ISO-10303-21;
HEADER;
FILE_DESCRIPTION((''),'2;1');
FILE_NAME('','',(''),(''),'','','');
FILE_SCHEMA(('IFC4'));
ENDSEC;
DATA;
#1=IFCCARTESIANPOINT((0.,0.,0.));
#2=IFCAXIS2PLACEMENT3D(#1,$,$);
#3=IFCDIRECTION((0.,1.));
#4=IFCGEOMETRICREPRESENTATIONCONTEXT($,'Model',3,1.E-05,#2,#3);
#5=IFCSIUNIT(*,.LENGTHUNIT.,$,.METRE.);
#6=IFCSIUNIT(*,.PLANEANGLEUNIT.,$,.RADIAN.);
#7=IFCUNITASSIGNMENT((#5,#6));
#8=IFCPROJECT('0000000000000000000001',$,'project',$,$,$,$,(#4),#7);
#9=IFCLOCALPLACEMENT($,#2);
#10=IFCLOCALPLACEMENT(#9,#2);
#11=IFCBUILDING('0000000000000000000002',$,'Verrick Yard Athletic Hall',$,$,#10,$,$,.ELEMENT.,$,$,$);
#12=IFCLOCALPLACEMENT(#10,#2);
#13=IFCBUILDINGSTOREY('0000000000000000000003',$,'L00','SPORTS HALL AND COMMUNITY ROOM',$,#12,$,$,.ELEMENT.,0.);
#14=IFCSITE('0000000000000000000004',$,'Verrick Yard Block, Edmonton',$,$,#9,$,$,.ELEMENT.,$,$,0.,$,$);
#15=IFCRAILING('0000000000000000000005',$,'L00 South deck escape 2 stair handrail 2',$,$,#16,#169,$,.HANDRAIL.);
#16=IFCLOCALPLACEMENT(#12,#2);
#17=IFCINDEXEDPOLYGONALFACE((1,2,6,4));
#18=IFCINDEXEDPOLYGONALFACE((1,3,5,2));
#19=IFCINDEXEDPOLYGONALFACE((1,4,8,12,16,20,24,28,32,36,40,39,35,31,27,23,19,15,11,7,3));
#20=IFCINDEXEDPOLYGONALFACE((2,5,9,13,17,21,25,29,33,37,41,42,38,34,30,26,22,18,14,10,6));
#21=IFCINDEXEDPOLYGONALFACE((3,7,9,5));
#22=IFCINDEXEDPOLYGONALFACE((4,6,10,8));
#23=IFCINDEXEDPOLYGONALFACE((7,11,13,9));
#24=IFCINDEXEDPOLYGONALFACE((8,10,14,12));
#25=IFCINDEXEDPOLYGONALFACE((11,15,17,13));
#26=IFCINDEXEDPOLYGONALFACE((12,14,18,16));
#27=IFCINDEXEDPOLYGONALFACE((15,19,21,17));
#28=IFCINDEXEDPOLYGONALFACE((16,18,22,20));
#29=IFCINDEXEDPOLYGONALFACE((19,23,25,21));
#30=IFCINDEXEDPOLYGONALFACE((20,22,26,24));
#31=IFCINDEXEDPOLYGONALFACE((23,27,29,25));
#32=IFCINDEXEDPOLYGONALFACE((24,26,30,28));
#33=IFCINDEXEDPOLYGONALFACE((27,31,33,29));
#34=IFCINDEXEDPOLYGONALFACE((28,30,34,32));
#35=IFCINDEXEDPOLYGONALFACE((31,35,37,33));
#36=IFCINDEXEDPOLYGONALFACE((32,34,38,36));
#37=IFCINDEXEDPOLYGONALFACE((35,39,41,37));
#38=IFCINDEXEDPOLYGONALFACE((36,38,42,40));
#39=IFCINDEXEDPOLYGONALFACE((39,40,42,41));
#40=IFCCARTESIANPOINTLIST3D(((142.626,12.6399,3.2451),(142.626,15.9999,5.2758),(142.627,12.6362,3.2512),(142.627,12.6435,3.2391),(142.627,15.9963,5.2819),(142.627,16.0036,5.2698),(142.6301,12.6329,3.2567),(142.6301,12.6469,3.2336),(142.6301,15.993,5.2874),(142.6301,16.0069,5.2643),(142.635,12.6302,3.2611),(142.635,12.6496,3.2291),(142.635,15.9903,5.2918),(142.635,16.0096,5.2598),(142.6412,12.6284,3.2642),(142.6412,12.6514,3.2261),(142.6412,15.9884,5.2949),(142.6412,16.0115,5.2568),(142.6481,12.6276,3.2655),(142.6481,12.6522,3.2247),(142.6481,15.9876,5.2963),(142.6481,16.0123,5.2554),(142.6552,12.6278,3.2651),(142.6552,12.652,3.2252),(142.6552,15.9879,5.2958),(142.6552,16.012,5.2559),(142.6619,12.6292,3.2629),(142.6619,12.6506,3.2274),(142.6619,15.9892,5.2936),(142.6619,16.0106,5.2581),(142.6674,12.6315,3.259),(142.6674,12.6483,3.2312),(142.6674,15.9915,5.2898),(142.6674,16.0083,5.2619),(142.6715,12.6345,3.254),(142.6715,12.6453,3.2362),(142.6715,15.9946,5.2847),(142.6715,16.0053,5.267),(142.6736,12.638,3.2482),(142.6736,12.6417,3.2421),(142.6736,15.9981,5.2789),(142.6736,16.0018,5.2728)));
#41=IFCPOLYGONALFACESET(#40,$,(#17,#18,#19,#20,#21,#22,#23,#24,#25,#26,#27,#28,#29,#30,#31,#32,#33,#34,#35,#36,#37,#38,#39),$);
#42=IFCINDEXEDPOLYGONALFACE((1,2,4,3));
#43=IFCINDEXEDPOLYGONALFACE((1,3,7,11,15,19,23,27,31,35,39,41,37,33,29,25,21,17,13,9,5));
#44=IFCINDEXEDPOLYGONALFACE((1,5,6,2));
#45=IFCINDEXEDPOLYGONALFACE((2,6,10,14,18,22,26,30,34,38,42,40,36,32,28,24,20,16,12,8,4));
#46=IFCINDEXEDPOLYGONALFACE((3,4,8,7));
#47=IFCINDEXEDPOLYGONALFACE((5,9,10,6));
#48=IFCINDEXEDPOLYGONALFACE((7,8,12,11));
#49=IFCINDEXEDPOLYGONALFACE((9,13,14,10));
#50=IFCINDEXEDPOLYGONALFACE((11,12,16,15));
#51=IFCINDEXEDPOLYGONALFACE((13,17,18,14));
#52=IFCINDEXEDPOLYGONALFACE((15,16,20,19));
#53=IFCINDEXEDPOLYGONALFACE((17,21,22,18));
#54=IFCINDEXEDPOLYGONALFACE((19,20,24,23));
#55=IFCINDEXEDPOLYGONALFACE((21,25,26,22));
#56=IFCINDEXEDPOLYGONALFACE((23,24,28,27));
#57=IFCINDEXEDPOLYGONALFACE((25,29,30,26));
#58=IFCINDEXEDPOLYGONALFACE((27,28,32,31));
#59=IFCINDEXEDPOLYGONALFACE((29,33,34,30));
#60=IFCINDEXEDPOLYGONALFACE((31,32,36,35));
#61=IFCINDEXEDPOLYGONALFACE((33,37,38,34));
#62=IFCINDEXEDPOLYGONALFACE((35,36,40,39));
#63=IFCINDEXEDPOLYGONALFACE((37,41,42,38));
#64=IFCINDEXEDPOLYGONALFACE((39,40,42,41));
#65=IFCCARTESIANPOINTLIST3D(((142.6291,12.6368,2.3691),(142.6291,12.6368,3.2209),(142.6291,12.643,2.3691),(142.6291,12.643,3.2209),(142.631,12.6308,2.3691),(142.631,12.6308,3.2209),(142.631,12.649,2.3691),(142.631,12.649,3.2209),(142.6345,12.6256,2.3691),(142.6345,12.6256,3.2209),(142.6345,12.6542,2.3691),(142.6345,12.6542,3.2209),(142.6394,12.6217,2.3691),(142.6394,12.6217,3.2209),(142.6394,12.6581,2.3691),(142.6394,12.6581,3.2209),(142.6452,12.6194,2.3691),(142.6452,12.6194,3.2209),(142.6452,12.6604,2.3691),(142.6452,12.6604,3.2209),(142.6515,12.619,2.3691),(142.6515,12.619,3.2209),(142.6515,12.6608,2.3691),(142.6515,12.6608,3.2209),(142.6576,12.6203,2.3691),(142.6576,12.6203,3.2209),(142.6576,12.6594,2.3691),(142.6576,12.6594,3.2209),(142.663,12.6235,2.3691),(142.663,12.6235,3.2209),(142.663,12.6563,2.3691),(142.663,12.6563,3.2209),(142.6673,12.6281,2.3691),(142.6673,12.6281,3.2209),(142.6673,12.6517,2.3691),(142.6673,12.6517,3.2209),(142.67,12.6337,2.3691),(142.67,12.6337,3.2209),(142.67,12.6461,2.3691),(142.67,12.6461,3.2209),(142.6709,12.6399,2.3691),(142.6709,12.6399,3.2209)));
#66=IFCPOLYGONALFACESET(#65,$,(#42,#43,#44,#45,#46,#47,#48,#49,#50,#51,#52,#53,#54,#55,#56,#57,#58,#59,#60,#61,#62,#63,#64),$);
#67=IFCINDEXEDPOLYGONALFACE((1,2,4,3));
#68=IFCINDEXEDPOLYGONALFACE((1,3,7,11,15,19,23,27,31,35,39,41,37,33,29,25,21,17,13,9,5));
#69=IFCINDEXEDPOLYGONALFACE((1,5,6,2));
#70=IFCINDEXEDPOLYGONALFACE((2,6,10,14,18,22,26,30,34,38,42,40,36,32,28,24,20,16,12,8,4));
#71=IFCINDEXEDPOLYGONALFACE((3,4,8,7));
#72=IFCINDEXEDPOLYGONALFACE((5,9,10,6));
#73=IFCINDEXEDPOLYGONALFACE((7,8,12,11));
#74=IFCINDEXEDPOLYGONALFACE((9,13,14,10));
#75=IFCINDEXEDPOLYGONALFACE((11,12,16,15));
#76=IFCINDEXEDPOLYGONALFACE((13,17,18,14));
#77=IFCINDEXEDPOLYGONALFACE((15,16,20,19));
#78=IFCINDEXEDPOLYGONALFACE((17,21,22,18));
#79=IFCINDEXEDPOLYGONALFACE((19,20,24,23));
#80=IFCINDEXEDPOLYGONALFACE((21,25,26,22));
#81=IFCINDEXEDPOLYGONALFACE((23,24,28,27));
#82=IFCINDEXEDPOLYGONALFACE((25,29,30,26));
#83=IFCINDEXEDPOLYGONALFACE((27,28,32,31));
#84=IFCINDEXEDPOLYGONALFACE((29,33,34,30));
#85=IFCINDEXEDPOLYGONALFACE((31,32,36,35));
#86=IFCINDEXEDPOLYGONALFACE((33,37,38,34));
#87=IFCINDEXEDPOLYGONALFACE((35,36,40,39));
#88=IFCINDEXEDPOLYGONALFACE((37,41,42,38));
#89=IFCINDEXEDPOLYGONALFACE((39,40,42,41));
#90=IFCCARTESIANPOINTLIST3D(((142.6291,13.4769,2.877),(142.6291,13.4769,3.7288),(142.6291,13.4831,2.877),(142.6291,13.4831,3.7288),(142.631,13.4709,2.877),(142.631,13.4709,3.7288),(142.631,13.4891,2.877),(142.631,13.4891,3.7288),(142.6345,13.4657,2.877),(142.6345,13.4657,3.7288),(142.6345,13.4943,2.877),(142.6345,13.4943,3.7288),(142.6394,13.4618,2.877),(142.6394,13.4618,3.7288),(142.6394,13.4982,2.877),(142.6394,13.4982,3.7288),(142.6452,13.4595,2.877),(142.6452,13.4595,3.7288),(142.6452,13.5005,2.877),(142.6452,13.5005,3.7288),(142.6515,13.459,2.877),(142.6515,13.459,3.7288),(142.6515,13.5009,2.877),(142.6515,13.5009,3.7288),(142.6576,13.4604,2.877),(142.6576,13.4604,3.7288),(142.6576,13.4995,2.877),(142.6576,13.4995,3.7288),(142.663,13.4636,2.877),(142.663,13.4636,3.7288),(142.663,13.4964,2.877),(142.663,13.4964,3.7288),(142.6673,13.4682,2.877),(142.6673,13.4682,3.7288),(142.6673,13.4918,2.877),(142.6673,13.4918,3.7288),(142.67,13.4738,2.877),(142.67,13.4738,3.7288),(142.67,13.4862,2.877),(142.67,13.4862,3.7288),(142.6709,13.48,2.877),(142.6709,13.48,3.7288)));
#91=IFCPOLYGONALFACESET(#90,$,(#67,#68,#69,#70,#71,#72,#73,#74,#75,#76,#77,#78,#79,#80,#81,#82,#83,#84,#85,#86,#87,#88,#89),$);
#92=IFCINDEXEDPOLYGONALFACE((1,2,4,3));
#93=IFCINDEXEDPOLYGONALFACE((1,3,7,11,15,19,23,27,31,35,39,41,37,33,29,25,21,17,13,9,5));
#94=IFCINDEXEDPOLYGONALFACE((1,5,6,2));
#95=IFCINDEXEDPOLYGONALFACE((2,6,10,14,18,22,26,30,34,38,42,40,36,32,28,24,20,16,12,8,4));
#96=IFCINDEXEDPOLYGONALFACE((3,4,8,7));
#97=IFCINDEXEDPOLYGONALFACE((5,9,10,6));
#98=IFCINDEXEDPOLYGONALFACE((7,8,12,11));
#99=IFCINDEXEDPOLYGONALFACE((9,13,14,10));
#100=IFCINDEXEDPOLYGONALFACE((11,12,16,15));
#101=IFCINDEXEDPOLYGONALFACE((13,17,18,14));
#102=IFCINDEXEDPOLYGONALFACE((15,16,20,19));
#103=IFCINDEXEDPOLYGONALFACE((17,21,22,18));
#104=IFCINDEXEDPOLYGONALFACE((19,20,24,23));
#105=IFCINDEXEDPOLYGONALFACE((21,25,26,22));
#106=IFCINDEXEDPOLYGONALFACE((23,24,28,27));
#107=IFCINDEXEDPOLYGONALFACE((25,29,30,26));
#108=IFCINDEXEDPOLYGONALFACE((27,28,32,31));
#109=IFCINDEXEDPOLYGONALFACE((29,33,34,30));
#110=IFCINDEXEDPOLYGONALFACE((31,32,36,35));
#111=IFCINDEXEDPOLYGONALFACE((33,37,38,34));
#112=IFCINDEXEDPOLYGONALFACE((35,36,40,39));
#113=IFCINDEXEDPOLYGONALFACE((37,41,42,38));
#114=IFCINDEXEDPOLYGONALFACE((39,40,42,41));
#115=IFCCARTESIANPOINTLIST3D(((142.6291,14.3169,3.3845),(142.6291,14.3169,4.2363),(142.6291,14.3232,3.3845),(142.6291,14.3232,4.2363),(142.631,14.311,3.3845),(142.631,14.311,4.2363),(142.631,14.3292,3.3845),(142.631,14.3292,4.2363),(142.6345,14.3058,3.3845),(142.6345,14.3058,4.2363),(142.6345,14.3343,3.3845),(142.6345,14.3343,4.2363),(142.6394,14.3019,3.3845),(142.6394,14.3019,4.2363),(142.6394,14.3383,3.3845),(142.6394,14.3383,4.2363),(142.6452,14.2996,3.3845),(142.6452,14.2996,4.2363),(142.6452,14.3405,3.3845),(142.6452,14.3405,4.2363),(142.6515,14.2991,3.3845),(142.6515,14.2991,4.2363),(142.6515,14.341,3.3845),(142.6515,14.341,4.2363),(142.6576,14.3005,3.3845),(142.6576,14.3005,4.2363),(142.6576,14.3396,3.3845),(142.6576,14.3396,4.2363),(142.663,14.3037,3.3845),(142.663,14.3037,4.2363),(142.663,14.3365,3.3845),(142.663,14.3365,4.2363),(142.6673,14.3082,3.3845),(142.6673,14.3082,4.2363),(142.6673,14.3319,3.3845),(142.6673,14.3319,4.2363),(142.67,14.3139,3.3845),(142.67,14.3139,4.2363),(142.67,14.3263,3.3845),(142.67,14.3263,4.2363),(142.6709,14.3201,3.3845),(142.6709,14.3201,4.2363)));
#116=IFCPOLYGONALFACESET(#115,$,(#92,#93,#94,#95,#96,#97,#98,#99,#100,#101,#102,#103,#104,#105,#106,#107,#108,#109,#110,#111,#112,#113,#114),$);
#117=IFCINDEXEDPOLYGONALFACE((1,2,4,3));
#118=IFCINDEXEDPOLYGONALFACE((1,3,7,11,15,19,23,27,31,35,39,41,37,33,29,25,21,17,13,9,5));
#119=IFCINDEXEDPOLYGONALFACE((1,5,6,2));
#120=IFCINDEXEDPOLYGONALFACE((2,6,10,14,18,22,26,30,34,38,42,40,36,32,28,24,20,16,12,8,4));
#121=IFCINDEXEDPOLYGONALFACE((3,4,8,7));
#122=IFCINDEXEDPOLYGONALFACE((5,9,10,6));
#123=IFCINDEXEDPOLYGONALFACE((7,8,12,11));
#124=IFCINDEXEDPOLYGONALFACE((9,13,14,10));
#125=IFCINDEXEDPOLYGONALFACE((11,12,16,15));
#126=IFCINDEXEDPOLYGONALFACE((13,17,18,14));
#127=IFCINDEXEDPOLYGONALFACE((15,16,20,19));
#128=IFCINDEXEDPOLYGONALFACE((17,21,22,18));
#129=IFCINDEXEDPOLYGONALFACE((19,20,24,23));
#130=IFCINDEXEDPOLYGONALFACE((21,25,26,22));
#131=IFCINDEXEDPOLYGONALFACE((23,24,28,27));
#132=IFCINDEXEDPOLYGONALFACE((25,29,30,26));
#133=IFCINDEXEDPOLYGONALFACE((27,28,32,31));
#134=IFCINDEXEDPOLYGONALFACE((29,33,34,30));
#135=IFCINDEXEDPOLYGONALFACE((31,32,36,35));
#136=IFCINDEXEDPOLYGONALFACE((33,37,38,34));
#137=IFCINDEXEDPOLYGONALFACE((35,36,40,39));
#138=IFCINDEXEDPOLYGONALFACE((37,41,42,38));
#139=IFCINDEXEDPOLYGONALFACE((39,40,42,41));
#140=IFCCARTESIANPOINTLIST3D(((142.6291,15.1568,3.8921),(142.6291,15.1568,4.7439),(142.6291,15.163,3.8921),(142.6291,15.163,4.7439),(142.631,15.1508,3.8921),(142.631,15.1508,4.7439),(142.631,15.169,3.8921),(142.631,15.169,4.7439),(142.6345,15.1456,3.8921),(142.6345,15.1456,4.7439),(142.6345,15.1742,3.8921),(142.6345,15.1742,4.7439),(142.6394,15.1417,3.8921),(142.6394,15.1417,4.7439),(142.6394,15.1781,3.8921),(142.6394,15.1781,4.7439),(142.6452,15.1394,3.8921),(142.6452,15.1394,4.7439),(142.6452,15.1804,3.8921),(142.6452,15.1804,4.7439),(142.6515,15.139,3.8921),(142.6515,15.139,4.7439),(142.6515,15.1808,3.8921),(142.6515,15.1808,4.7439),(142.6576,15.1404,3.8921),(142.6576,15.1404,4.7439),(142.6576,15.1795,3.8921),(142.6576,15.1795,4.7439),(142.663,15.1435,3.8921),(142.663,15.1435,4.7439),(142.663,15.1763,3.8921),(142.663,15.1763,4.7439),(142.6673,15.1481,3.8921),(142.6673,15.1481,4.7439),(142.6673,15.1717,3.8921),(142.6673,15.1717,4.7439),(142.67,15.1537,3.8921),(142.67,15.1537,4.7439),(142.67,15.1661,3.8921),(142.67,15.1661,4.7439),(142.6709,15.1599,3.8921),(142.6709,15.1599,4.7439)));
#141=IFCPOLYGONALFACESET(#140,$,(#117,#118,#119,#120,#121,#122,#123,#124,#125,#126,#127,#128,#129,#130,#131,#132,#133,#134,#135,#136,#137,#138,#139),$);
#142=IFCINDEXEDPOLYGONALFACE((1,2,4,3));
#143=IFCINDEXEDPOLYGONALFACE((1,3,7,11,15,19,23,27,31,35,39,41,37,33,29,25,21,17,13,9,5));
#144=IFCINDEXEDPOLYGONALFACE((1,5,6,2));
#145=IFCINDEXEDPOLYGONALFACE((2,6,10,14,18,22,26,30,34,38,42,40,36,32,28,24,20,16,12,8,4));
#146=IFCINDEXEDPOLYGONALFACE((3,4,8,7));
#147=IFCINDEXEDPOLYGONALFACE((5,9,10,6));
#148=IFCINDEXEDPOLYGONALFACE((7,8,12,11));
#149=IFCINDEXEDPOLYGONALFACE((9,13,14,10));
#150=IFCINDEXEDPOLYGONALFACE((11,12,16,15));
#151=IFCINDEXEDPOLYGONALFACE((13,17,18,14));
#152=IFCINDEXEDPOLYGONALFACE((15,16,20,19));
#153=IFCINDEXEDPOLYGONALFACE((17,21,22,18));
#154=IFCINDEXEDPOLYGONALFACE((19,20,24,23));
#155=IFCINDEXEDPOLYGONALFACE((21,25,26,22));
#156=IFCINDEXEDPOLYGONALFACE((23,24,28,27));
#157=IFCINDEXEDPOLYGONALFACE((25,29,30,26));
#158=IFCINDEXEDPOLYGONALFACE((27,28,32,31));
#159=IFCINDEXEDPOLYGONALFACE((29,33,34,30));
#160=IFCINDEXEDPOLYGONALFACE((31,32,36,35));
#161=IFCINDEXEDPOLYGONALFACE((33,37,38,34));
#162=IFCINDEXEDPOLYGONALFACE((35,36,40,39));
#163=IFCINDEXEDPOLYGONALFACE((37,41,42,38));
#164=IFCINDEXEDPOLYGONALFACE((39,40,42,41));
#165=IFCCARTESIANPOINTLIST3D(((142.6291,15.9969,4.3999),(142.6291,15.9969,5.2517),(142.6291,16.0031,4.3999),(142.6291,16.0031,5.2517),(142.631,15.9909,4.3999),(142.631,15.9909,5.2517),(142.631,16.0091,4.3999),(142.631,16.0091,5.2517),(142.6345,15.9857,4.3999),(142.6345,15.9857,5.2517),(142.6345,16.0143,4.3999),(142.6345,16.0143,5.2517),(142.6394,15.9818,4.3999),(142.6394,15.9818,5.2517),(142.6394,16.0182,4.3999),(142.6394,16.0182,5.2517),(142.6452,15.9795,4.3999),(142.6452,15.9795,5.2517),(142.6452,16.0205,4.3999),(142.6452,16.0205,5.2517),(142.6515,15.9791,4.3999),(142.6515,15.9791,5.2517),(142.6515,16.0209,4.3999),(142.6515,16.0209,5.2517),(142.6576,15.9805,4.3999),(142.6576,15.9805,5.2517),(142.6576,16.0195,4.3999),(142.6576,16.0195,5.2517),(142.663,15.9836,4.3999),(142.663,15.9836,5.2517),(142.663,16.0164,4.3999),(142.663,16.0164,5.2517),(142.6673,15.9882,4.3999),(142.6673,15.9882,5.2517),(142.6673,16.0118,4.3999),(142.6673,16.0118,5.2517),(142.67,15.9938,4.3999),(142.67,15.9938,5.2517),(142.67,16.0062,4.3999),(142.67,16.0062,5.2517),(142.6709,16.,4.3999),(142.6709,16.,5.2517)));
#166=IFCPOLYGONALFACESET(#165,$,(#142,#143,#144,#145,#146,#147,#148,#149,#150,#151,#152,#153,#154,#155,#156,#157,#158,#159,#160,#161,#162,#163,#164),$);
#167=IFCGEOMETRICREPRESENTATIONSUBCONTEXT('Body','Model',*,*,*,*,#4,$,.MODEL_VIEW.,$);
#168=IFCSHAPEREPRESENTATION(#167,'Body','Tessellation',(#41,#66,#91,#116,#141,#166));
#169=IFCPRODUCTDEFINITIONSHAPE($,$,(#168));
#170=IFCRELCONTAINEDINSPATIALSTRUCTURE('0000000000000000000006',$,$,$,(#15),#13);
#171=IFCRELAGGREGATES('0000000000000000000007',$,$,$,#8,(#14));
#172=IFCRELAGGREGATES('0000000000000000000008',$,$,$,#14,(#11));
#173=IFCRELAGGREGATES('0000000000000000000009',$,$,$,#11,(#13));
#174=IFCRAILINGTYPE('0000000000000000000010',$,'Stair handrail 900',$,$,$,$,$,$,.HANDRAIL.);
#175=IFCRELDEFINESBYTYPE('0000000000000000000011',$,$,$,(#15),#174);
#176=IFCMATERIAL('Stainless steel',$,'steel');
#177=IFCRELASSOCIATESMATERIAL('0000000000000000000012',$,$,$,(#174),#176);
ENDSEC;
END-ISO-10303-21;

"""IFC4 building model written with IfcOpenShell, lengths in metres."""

from ifc_helpers import new_model, si_unit, direction, frame, origin, origin_2d, place, context, subcontext, project, spatial, circle, extrude, material, type_object, element, save


model = new_model("IFC4")

# Units and contexts
model_context = context("Model", 3, precision=1e-05, world=origin(), true_north=direction((0.0, 1.0)))
body_context = subcontext(model_context, "Body", "Model", "MODEL_VIEW")
ifc_project = project(units=[si_unit("LENGTHUNIT", "METRE"), si_unit("PLANEANGLEUNIT", "RADIAN")], contexts=[model_context])

# Site, building, storey
site_placement = place(None, origin())
site = spatial("IfcSite", under=ifc_project, at=site_placement, Name="Verrick Yard Block, Edmonton", CompositionType="ELEMENT", RefElevation=0.0)
building_placement = place(site_placement, origin())
building = spatial("IfcBuilding", under=site, at=building_placement, Name="Verrick Yard Athletic Hall", CompositionType="ELEMENT")
storey_placement = place(building_placement, origin())
storey = spatial("IfcBuildingStorey", under=building, at=storey_placement, Name="L00", Description="SPORTS HALL AND COMMUNITY ROOM", CompositionType="ELEMENT", Elevation=0.0)

# Railing
ifc_material_1 = material(Name="Stainless steel", Category="steel")
railing_type_1 = type_object("IfcRailingType", Name="Stair handrail 900", PredefinedType="HANDRAIL", material=ifc_material_1)
railing_1_placement = place(storey_placement, frame((142.6499, 12.6399, 2.3691)))
element("IfcRailing", 1, at=railing_1_placement, inside=storey, type_object=railing_type_1, Name="L00 South deck escape 2 stair handrail 2", PredefinedType="HANDRAIL", context=body_context, shape_type="SweptSolid", body=[
    extrude(circle(Radius=0.0239, at=origin_2d()), frame((0.0, 0.0, 0.876), z_axis=(0.0, 0.855837, 0.517246), x_axis=(-1.0, 0.0, 0.0)), (0.0, 0.0, 1.0), 3.926),
    extrude(circle(Radius=0.021, at=origin_2d()), origin(), (0.0, 0.0, 1.0), 0.8518),
    extrude(circle(Radius=0.021, at=origin_2d()), frame((0.0, 0.8401, 0.5078)), (0.0, 0.0, 1.0), 0.8518),
    extrude(circle(Radius=0.021, at=origin_2d()), frame((0.0, 1.6802, 1.0154)), (0.0, 0.0, 1.0), 0.8518),
    extrude(circle(Radius=0.021, at=origin_2d()), frame((0.0, 2.52, 1.5229)), (0.0, 0.0, 1.0), 0.8518),
    extrude(circle(Radius=0.021, at=origin_2d()), frame((0.0, 3.3601, 2.0308)), (0.0, 0.0, 1.0), 0.8518),
])

save(model, "model.ifc")
